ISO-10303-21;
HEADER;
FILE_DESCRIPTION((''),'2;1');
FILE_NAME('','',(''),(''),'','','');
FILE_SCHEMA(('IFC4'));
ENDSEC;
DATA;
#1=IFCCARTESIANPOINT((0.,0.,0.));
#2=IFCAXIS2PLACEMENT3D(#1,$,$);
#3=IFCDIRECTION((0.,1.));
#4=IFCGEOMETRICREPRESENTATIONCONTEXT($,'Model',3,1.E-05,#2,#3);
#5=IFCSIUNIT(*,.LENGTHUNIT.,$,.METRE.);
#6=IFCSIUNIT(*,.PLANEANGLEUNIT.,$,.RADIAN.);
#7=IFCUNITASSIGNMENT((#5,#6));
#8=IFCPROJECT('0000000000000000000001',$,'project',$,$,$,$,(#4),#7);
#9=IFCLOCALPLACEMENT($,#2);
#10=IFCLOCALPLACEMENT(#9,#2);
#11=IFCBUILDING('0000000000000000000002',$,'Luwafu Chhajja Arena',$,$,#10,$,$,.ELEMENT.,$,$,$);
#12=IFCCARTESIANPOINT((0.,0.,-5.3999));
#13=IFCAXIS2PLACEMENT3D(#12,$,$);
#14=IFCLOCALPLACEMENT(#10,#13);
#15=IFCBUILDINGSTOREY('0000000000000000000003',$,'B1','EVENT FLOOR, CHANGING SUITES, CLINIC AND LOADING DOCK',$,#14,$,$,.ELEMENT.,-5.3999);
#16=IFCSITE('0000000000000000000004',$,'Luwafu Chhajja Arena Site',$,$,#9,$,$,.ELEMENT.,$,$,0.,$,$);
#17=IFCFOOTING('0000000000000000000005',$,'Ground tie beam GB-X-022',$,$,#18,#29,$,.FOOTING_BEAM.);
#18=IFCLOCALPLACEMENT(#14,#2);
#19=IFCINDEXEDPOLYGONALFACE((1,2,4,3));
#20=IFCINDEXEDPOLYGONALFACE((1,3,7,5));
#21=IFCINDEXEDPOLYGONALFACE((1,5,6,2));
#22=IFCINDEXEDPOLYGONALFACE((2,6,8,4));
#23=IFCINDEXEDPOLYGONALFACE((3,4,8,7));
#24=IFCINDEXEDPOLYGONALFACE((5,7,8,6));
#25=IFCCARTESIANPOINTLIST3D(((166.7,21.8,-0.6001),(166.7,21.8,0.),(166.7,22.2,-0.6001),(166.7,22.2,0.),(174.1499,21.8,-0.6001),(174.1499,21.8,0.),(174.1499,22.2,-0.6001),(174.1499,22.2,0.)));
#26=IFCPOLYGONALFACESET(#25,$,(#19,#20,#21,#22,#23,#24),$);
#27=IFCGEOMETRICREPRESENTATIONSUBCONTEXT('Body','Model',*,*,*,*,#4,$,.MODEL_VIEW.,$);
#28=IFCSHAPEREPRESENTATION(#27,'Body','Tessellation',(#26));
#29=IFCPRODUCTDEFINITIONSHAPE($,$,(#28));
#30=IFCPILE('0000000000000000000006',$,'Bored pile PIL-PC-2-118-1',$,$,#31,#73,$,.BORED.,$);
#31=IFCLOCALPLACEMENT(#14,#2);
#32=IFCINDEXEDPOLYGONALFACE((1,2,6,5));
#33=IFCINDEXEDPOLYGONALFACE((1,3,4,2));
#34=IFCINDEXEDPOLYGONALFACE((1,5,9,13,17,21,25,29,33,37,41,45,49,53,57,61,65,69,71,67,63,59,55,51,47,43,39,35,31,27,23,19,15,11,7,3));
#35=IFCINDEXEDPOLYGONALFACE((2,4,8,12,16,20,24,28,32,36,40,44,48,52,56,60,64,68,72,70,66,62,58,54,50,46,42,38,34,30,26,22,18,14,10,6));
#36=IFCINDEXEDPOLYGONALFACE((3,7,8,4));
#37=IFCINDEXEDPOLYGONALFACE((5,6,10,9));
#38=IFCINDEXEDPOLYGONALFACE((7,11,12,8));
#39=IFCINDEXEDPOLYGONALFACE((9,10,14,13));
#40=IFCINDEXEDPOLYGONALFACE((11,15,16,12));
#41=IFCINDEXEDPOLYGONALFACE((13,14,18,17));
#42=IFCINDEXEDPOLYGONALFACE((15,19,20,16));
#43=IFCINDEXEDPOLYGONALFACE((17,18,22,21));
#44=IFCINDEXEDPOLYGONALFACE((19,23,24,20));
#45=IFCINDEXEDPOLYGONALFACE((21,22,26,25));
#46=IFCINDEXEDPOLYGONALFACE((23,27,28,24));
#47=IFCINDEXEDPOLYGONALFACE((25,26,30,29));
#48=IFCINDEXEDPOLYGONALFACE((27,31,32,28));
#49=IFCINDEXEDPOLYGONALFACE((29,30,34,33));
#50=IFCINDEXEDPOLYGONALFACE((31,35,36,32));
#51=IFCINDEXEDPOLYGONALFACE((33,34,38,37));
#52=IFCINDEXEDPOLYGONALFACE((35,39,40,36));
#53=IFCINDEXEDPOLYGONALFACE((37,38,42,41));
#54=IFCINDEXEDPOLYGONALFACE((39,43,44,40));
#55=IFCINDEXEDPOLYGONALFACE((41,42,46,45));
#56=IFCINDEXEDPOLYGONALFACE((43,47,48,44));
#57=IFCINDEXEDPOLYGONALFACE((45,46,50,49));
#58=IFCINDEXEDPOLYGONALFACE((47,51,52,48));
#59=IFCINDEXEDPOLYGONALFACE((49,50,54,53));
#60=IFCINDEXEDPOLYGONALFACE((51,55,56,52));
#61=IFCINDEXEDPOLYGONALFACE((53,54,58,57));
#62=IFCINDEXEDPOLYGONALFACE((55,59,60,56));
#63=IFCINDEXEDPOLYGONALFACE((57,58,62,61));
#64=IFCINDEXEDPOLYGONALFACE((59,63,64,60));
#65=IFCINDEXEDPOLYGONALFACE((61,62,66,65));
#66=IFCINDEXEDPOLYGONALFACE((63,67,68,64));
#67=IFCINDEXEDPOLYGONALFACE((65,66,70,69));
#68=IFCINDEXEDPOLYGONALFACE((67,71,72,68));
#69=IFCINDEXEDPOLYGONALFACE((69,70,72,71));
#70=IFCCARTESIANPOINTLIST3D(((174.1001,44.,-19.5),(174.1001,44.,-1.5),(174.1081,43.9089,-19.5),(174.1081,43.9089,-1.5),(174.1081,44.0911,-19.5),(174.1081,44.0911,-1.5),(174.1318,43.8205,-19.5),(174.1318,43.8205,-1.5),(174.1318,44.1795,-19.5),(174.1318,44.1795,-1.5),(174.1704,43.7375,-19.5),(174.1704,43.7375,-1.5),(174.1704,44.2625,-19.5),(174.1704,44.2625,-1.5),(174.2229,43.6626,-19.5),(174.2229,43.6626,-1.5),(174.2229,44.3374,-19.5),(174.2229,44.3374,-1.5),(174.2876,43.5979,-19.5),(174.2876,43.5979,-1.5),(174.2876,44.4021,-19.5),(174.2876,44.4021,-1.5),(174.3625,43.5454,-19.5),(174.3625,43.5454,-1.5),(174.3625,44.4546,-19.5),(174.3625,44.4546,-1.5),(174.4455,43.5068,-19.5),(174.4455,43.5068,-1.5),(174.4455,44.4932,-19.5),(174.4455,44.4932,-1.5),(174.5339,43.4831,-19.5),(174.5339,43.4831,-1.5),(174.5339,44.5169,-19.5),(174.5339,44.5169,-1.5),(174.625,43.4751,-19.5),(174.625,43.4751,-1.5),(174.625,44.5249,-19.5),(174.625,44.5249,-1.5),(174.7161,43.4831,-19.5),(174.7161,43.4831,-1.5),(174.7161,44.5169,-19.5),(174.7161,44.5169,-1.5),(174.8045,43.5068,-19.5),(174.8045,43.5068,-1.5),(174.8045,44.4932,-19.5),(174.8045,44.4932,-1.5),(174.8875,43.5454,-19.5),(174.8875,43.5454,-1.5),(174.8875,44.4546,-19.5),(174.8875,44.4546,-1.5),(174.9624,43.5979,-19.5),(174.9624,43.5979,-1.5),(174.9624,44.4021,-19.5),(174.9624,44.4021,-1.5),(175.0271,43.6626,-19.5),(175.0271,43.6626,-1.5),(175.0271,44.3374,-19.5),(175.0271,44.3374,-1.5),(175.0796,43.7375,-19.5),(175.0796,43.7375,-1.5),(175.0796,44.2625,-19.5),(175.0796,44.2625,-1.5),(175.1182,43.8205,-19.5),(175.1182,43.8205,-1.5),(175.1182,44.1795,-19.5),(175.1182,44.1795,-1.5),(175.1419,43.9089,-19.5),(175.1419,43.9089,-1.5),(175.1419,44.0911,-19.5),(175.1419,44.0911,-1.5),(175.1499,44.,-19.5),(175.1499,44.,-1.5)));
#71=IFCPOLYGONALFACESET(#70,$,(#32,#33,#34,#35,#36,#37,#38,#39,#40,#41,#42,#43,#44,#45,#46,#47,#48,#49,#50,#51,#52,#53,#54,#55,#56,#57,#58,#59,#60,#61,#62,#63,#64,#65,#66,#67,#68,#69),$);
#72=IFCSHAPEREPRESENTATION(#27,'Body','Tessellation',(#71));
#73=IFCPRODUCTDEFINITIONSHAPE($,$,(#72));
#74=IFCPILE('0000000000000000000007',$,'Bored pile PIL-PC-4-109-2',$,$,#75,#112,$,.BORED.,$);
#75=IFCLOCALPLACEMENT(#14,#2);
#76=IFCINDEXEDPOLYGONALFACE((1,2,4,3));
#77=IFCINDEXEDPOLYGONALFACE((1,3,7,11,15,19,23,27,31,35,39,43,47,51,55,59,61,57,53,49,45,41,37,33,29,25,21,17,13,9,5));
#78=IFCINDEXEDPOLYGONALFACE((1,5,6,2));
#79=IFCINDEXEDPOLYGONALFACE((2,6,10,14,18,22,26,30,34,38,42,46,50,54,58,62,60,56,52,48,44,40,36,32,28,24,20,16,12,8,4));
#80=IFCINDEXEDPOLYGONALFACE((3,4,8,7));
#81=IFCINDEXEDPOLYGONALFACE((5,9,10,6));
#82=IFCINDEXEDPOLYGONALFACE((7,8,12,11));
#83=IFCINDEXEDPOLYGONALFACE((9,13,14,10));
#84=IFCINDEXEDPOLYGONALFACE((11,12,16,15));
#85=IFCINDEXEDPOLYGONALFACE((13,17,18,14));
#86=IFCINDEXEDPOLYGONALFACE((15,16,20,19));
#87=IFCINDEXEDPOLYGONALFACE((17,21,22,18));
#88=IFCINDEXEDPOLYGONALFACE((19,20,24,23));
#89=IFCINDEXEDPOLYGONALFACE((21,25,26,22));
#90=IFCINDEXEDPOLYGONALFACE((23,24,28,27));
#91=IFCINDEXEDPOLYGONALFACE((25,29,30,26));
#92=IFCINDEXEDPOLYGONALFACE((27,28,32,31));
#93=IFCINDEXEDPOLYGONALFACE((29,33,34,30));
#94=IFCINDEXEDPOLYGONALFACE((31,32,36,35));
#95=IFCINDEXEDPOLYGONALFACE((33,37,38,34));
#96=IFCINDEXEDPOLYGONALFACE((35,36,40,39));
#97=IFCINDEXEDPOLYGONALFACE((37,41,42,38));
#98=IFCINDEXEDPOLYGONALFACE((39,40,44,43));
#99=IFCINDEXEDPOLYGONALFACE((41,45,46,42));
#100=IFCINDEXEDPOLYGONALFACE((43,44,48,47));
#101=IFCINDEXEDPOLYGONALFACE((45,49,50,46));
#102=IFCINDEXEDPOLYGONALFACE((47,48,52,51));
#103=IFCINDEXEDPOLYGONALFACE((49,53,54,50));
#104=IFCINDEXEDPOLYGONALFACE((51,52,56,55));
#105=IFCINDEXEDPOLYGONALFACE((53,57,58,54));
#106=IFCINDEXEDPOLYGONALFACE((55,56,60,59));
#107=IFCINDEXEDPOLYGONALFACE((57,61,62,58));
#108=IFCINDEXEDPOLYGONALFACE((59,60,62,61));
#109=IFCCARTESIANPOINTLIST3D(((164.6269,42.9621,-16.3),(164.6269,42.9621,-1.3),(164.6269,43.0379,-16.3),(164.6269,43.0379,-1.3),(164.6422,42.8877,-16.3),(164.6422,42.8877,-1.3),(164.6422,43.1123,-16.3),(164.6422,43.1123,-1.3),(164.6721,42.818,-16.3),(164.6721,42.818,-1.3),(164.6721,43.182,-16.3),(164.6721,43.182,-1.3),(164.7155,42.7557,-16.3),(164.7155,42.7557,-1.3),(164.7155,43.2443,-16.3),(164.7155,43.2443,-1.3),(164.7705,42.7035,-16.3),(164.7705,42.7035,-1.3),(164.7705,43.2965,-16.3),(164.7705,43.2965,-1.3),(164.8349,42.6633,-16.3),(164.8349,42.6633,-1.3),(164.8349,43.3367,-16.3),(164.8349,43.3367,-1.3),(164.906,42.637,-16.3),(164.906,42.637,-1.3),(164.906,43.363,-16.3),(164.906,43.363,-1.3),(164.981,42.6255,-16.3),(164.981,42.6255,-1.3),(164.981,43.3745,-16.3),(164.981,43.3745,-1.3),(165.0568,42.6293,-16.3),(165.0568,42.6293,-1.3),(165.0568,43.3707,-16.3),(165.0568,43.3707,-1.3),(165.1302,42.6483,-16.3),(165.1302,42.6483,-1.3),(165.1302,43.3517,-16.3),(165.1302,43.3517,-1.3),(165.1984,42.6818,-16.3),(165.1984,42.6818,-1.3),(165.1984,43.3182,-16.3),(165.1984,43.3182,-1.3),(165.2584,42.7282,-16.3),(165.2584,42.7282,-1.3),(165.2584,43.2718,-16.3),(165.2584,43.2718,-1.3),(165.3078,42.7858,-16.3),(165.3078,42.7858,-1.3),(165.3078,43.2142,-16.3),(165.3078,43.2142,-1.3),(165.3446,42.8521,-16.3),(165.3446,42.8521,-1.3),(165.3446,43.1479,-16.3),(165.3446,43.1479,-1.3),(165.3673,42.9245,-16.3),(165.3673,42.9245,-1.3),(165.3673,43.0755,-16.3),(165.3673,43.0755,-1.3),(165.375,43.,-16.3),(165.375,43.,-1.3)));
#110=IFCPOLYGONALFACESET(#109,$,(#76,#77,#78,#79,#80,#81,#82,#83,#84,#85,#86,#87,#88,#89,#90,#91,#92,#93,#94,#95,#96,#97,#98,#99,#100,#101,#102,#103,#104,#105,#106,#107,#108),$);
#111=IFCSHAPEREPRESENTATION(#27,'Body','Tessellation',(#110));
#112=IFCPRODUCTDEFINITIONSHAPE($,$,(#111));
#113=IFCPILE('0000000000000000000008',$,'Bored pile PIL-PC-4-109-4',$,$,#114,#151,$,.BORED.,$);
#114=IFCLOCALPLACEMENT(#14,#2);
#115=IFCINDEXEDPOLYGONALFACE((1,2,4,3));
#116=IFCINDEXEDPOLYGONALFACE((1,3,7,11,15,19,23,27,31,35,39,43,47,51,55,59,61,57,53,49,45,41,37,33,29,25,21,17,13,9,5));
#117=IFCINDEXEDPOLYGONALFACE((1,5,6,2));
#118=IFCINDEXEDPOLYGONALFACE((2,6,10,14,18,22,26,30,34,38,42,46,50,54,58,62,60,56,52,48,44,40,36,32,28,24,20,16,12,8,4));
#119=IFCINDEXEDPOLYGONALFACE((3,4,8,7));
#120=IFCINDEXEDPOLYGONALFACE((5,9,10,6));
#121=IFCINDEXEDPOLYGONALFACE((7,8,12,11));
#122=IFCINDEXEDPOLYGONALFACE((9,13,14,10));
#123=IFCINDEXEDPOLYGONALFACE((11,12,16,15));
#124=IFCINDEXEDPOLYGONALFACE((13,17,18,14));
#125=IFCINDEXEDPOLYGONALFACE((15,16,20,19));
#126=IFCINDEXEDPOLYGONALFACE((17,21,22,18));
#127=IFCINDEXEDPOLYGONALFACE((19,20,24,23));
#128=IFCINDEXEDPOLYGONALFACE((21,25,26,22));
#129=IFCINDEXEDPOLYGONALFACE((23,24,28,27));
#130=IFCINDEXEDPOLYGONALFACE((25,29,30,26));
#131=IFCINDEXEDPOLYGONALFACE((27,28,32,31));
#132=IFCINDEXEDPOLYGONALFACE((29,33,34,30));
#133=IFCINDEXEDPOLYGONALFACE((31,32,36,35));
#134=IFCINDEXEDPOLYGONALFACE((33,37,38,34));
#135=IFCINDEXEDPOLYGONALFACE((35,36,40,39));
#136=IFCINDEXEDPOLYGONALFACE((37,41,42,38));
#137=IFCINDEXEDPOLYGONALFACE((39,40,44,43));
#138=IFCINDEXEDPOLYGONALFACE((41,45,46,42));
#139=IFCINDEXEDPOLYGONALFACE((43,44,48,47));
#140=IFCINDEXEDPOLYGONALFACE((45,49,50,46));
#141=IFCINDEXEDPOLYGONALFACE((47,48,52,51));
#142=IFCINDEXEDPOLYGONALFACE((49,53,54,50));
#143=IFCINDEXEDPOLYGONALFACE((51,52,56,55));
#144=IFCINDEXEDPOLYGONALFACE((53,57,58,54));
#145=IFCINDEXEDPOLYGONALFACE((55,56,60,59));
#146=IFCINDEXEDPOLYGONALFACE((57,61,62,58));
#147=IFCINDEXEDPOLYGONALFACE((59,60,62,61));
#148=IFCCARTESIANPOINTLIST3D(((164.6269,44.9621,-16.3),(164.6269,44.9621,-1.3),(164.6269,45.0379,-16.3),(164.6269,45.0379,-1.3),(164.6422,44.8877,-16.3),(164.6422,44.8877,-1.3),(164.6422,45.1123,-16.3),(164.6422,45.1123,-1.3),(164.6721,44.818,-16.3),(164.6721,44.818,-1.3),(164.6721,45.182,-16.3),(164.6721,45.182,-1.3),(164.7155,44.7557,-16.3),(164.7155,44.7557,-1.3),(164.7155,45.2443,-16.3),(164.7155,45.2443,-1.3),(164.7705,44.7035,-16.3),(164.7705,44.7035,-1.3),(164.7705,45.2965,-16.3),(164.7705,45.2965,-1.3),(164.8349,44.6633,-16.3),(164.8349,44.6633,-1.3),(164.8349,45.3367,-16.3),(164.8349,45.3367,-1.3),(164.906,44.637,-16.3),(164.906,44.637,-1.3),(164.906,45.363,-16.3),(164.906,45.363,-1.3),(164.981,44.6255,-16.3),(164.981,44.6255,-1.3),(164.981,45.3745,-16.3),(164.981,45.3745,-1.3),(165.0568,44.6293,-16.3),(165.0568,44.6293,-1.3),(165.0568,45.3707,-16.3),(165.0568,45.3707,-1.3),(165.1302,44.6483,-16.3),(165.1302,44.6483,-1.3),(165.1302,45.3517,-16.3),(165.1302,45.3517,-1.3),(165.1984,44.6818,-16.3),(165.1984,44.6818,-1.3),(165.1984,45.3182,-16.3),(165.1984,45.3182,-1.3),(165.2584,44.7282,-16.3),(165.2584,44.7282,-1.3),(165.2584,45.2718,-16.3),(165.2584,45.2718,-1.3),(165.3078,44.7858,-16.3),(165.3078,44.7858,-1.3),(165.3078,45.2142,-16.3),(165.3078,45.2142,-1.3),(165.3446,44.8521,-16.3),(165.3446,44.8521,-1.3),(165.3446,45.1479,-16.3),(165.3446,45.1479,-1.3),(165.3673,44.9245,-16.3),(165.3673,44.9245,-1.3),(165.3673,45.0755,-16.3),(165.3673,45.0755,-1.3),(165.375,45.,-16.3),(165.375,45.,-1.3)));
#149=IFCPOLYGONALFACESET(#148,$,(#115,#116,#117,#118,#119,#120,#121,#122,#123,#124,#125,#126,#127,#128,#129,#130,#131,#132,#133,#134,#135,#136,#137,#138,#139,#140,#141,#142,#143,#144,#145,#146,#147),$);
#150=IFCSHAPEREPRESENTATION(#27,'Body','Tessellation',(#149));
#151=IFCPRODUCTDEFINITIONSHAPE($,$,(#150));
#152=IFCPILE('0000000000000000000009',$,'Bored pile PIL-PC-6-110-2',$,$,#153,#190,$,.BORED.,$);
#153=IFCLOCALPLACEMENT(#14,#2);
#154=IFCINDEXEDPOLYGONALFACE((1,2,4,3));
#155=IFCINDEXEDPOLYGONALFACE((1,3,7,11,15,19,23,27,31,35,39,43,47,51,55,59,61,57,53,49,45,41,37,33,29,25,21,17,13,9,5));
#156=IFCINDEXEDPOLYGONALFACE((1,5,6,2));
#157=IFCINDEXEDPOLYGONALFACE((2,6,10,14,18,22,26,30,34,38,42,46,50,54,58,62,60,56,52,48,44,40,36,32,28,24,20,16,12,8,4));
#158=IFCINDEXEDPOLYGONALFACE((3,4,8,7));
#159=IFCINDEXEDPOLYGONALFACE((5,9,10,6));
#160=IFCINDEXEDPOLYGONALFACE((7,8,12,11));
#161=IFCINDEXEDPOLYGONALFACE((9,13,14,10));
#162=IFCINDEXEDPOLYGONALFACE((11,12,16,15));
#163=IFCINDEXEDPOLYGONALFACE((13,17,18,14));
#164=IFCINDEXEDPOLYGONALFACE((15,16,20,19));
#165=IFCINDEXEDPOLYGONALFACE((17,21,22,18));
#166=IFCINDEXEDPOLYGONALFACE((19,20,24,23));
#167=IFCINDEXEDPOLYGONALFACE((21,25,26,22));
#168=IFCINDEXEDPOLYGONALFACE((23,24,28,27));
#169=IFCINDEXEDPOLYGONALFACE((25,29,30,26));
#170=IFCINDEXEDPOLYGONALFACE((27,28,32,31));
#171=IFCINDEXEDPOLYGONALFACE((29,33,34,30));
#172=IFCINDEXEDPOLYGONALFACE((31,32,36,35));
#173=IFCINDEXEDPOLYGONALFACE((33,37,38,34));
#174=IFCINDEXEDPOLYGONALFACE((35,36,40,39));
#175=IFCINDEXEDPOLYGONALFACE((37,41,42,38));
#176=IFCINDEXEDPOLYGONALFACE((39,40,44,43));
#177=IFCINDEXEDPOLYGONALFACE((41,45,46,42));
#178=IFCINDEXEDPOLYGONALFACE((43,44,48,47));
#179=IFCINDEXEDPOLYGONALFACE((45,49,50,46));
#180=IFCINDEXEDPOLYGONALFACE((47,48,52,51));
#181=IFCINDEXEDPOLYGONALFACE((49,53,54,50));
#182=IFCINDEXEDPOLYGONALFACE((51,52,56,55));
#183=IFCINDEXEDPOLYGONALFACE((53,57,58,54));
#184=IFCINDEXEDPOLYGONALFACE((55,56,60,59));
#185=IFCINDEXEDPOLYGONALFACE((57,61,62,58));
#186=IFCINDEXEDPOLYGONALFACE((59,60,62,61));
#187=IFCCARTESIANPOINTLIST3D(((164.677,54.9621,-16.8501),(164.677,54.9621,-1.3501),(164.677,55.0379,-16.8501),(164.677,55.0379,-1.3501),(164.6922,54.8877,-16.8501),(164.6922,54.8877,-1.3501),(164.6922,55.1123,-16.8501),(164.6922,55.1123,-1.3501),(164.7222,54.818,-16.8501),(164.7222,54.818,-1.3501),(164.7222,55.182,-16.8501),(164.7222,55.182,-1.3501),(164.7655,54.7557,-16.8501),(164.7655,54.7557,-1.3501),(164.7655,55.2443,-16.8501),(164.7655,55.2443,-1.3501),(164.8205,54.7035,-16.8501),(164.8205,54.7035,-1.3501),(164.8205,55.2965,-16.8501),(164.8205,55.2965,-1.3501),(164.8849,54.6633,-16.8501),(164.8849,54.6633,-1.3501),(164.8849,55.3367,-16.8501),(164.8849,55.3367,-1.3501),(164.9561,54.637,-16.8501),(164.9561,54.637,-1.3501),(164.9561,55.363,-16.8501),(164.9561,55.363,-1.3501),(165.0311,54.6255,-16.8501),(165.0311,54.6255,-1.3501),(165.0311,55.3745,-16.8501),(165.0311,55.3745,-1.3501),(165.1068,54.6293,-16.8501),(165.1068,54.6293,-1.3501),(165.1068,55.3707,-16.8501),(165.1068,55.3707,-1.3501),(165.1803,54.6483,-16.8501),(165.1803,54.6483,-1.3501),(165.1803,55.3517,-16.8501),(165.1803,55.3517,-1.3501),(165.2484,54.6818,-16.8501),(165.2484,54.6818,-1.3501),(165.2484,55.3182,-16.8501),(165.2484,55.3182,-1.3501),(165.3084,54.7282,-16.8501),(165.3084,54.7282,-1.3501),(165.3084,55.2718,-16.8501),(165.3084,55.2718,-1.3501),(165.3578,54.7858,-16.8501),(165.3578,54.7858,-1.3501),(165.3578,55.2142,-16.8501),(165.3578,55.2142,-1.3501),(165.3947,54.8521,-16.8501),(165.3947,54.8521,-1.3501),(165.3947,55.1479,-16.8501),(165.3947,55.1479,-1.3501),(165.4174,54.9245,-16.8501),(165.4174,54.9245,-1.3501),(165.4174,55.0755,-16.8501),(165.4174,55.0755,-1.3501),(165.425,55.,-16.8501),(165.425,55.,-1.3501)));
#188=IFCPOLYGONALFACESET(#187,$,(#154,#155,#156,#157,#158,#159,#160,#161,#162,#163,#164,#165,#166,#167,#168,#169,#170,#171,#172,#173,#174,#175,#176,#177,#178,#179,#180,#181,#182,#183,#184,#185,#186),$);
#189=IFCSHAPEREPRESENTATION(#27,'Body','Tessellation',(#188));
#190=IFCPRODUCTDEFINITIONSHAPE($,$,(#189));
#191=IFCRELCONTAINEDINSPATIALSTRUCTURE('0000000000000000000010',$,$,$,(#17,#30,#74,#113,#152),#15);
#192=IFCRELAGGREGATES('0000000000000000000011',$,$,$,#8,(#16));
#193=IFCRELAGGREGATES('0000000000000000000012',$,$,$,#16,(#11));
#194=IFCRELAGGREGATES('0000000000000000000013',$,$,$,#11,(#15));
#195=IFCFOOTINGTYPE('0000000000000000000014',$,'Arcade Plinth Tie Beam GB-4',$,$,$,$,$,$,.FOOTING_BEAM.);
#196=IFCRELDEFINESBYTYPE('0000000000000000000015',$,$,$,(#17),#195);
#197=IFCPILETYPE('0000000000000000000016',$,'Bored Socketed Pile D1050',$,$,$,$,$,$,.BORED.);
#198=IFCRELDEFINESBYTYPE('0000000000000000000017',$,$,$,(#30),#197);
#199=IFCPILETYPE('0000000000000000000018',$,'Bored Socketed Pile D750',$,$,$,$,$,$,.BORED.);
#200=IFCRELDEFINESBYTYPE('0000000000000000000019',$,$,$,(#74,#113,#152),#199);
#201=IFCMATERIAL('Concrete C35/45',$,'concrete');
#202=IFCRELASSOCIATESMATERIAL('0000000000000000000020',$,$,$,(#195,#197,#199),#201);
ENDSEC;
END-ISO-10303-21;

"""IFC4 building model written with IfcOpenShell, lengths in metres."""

from ifc_helpers import new_model, si_unit, direction, frame, origin, origin_2d, place, context, subcontext, project, spatial, rectangle, circle, extrude, material, material_profile, profile_set, type_object, element, save


model = new_model("IFC4")

# Units and contexts
model_context = context("Model", 3, precision=1e-05, world=origin(), true_north=direction((0.0, 1.0)))
body_context = subcontext(model_context, "Body", "Model", "MODEL_VIEW")
ifc_project = project(units=[si_unit("LENGTHUNIT", "METRE"), si_unit("PLANEANGLEUNIT", "RADIAN")], contexts=[model_context])

# Site, building, storey
site_placement = place(None, origin())
site = spatial("IfcSite", under=ifc_project, at=site_placement, Name="Luwafu Chhajja Arena Site", CompositionType="ELEMENT", RefElevation=0.0)
building_placement = place(site_placement, origin())
building = spatial("IfcBuilding", under=site, at=building_placement, Name="Luwafu Chhajja Arena", CompositionType="ELEMENT")
storey_placement = place(building_placement, frame((0.0, 0.0, -5.3999)))
storey = spatial("IfcBuildingStorey", under=building, at=storey_placement, Name="B1", Description="EVENT FLOOR, CHANGING SUITES, CLINIC AND LOADING DOCK", CompositionType="ELEMENT", Elevation=-5.3999)

# Footing
ifc_material_1 = material(Name="Concrete C35/45", Category="concrete")
ifc_material_profile_1 = material_profile(ifc_material_1, rectangle(XDim=0.3999, YDim=0.6001, at=origin_2d()), Name="RC 400x600")
ifc_profile_set_1 = profile_set([ifc_material_profile_1], Name="Concrete C35/45")
footing_type_1 = type_object("IfcFootingType", Name="Arcade Plinth Tie Beam GB-4", PredefinedType="FOOTING_BEAM", material=ifc_profile_set_1)
footing_1_placement = place(storey_placement, frame((166.7, 22.0, -0.3), z_axis=(1.0, 0.0, 0.0), x_axis=(0.0, 1.0, 0.0)))
element("IfcFooting", 1, at=footing_1_placement, inside=storey, type_object=footing_type_1, Name="Ground tie beam GB-X-022", PredefinedType="FOOTING_BEAM", context=body_context, shape_type="SweptSolid", body=[
    extrude(rectangle(XDim=0.3999, YDim=0.6001, at=origin_2d()), origin(), (0.0, 0.0, 1.0), 7.45),
])

# Piles
ifc_material_profile_2 = material_profile(ifc_material_1, circle(Radius=0.5249, at=origin_2d()), Name="PILE D1050")
ifc_profile_set_2 = profile_set([ifc_material_profile_2], Name="Concrete C35/45")
pile_type_1 = type_object("IfcPileType", Name="Bored Socketed Pile D1050", PredefinedType="BORED", material=ifc_profile_set_2)
pile_1_placement = place(storey_placement, frame((174.625, 44.0, -1.5), z_axis=(0.0, 0.0, -1.0), x_axis=(1.0, 0.0, 0.0)))
element("IfcPile", 2, at=pile_1_placement, inside=storey, type_object=pile_type_1, Name="Bored pile PIL-PC-2-118-1", PredefinedType="BORED", context=body_context, shape_type="SweptSolid", body=[
    extrude(circle(Radius=0.5249, at=origin_2d()), origin(), (0.0, 0.0, 1.0), 18.0),
])
ifc_material_profile_3 = material_profile(ifc_material_1, circle(Radius=0.375, at=origin_2d()), Name="PILE D750")
ifc_profile_set_3 = profile_set([ifc_material_profile_3], Name="Concrete C35/45")
pile_type_2 = type_object("IfcPileType", Name="Bored Socketed Pile D750", PredefinedType="BORED", material=ifc_profile_set_3)
for number, where, z_axis, x_axis, name in (
    (3, (165.0, 43.0, -1.3), (0.0, 0.0, -1.0), (1.0, 0.0, 0.0), "Bored pile PIL-PC-4-109-2"),
    (4, (165.0, 45.0, -1.3), (0.0, 0.0, -1.0), (1.0, 0.0, 0.0), "Bored pile PIL-PC-4-109-4"),
):
    element("IfcPile", number, at=place(storey_placement, frame(where, z_axis=z_axis, x_axis=x_axis)), inside=storey, type_object=pile_type_2, Name=name, PredefinedType="BORED", context=body_context, shape_type="SweptSolid", body=[
        extrude(circle(Radius=0.375, at=origin_2d()), origin(), (0.0, 0.0, 1.0), 15.0),
    ])
for number, where, z_axis, x_axis, name in (
    (5, (165.05, 55.0, -1.3501), (0.0, 0.0, -1.0), (1.0, 0.0, 0.0), "Bored pile PIL-PC-6-110-2"),
):
    element("IfcPile", number, at=place(storey_placement, frame(where, z_axis=z_axis, x_axis=x_axis)), inside=storey, type_object=pile_type_2, Name=name, PredefinedType="BORED", context=body_context, shape_type="SweptSolid", body=[
        extrude(circle(Radius=0.375, at=origin_2d()), origin(), (0.0, 0.0, 1.0), 15.5),
    ])

save(model, "model.ifc")
